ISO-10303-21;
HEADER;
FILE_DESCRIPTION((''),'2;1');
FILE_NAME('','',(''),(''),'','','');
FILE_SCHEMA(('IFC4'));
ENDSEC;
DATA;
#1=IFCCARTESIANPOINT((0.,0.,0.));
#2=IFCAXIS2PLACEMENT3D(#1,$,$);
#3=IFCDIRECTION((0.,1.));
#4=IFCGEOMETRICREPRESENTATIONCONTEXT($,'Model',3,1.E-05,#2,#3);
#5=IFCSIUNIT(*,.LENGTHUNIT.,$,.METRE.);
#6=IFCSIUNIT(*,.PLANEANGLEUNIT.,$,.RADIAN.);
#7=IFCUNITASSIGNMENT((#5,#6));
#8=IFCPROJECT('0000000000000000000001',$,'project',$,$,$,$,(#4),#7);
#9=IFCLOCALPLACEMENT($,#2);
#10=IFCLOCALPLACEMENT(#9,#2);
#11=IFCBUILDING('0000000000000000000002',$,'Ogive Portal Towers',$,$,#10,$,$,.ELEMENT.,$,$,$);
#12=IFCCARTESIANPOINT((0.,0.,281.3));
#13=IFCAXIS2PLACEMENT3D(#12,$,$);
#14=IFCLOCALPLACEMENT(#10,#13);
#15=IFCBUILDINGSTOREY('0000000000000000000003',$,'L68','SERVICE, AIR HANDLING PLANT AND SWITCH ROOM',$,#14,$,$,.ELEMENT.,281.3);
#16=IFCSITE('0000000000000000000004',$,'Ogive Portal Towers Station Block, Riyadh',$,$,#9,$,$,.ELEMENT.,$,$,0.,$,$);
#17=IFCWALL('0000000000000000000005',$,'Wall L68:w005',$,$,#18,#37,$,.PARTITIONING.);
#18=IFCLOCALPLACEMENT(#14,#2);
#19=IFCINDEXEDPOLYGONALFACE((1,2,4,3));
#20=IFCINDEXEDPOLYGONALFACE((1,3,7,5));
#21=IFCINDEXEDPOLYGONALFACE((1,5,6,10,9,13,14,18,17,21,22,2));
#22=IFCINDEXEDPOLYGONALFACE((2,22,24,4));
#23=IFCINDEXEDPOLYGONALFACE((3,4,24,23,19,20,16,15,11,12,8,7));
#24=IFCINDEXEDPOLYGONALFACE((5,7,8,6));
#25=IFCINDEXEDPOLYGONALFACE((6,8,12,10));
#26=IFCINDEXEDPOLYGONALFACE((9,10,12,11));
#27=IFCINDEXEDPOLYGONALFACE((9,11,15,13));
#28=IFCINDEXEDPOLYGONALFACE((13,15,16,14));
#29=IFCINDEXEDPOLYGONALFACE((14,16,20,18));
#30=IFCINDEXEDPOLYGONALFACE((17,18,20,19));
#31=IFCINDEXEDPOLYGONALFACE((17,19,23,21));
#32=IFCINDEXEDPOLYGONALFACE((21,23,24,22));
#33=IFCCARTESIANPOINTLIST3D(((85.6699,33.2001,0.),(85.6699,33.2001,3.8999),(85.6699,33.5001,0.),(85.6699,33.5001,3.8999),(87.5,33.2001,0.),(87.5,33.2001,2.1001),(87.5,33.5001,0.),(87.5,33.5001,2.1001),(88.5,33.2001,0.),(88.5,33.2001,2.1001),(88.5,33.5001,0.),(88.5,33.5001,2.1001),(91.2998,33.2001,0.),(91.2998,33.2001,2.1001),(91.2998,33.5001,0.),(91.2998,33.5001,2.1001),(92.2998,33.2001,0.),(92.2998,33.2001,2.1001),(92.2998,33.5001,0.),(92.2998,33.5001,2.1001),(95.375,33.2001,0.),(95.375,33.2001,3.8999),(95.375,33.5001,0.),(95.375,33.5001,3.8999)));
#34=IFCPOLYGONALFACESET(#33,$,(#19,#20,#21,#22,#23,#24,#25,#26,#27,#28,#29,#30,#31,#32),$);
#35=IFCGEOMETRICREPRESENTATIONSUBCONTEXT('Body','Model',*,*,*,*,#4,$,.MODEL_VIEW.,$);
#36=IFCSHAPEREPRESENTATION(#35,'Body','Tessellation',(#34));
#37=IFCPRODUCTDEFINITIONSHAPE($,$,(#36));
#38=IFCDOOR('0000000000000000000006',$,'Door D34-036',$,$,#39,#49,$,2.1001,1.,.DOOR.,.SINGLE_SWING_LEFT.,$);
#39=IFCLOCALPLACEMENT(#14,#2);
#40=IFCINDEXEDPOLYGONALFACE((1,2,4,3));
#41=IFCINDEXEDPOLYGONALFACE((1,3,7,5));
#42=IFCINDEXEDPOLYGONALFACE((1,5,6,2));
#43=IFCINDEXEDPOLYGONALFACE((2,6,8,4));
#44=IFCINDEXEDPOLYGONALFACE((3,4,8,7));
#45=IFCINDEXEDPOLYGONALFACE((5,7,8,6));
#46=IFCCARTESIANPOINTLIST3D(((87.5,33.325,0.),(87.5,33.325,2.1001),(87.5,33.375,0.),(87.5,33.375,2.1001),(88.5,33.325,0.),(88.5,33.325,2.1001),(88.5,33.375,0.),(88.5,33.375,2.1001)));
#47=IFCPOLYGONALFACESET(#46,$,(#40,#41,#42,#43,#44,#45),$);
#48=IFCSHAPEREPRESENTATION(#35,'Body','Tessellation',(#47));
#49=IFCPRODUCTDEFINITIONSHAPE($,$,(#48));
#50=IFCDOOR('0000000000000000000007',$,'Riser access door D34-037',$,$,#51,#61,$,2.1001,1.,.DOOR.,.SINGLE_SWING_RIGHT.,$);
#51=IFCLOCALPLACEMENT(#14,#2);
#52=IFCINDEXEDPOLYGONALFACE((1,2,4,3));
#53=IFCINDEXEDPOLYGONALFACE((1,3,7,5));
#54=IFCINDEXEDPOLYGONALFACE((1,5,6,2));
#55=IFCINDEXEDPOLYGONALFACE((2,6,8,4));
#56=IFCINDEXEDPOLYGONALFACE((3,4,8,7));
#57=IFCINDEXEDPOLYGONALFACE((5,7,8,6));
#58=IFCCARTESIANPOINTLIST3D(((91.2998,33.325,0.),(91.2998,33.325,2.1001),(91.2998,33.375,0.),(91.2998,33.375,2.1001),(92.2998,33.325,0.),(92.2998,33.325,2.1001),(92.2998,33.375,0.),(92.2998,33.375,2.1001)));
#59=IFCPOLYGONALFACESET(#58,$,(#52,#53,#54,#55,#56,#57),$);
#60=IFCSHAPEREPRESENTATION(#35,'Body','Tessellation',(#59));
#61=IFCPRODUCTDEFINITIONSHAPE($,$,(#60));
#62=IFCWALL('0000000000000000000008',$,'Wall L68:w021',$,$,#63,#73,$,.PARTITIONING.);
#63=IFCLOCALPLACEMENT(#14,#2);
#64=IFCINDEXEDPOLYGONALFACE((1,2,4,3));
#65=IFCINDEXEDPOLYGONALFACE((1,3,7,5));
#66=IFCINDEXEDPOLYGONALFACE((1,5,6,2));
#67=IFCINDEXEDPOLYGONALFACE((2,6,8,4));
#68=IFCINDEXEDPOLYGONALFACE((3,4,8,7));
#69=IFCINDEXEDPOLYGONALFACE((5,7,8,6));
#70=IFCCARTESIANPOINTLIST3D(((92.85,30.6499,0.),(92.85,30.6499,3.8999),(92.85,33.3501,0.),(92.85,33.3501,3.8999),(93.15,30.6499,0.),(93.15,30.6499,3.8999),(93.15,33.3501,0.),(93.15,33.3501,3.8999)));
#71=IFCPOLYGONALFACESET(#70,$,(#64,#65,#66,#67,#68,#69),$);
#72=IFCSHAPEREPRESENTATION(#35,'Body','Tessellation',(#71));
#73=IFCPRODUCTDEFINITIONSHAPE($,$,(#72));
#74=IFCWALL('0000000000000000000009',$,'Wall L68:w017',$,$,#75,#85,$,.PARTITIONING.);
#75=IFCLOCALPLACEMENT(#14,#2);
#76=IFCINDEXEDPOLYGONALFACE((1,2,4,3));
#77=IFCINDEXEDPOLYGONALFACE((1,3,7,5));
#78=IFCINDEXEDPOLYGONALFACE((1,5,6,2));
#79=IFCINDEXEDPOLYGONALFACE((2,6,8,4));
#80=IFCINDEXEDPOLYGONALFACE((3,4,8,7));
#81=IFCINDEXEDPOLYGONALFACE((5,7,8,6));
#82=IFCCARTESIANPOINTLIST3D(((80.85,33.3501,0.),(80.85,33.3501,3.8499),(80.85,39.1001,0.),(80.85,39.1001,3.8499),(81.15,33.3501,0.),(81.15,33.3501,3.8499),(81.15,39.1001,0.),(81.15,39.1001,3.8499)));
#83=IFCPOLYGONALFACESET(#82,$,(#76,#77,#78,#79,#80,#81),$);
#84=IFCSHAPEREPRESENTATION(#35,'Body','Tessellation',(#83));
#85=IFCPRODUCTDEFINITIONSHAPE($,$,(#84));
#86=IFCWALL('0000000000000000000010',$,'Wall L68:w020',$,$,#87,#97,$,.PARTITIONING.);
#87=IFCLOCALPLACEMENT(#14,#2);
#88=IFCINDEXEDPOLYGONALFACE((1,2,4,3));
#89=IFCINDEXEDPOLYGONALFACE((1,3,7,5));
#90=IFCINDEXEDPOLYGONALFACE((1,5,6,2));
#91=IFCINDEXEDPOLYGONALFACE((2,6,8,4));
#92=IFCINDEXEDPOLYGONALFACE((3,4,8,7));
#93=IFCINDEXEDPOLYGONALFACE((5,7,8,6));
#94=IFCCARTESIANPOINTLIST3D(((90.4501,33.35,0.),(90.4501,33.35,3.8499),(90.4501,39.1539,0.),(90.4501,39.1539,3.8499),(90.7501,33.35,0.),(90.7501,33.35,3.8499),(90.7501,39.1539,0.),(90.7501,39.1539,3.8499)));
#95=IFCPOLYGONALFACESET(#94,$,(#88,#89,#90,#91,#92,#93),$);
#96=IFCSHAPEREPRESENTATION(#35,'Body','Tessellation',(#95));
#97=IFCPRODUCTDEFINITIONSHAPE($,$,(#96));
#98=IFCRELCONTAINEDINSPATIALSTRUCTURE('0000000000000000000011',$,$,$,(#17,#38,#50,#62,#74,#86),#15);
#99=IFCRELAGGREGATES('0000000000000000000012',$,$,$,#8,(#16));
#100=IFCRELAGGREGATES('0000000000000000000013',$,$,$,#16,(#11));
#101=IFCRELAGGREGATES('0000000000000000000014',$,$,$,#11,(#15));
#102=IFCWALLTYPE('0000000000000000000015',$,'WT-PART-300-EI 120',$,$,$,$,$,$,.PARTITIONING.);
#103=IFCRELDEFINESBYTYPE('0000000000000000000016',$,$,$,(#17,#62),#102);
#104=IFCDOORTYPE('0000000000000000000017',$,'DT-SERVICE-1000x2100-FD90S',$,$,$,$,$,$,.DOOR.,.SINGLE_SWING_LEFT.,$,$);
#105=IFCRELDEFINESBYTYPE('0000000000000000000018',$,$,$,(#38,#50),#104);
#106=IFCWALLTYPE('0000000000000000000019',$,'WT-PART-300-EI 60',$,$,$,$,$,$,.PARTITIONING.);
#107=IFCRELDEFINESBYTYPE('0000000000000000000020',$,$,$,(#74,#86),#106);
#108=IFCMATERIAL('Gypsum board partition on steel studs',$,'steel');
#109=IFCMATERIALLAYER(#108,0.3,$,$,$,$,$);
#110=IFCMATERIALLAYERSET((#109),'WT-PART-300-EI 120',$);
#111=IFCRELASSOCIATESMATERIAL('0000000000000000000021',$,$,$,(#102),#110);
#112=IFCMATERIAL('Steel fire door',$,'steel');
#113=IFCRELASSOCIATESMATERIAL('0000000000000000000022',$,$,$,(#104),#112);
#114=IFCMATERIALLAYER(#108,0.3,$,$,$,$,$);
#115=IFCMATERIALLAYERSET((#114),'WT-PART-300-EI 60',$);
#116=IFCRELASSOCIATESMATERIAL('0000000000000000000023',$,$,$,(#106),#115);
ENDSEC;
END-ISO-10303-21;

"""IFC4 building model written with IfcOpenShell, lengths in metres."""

from ifc_helpers import new_model, si_unit, direction, frame, frame_2d, origin, place, context, subcontext, project, spatial, rectangle, extrude, material, layer, layer_set, type_object, element, fill, save


model = new_model("IFC4")

# Units and contexts
model_context = context("Model", 3, precision=1e-05, world=origin(), true_north=direction((0.0, 1.0)))
body_context = subcontext(model_context, "Body", "Model", "MODEL_VIEW")
ifc_project = project(units=[si_unit("LENGTHUNIT", "METRE"), si_unit("PLANEANGLEUNIT", "RADIAN")], contexts=[model_context])

# Site, building, storey
site_placement = place(None, origin())
site = spatial("IfcSite", under=ifc_project, at=site_placement, Name="Ogive Portal Towers Station Block, Riyadh", CompositionType="ELEMENT", RefElevation=0.0)
building_placement = place(site_placement, origin())
building = spatial("IfcBuilding", under=site, at=building_placement, Name="Ogive Portal Towers", CompositionType="ELEMENT")
storey_placement = place(building_placement, frame((0.0, 0.0, 281.3)))
storey = spatial("IfcBuildingStorey", under=building, at=storey_placement, Name="L68", Description="SERVICE, AIR HANDLING PLANT AND SWITCH ROOM", CompositionType="ELEMENT", Elevation=281.3)

# Wall, openings, doors
ifc_material_1 = material(Name="Gypsum board partition on steel studs", Category="steel")
ifc_layer_1 = layer(ifc_material_1, 0.3)
ifc_layer_set_1 = layer_set([ifc_layer_1], Name="WT-PART-300-EI 120")
wall_type_1 = type_object("IfcWallType", Name="WT-PART-300-EI 120", PredefinedType="PARTITIONING", material=ifc_layer_set_1)
ifc_material_2 = material(Name="Steel fire door", Category="steel")
door_type_1 = type_object("IfcDoorType", Name="DT-SERVICE-1000x2100-FD90S", OperationType="SINGLE_SWING_LEFT", PredefinedType="DOOR", material=ifc_material_2)
wall_1_placement = place(storey_placement, frame((85.6699, 33.3501, 0.0), z_axis=(0.0, 0.0, 1.0), x_axis=(1.0, 0.0, 0.0)))
wall_1 = element("IfcWall", 1, at=wall_1_placement, inside=storey, type_object=wall_type_1, Name="Wall L68:w005", PredefinedType="PARTITIONING", context=body_context, shape_type="SweptSolid", body=[
    extrude(rectangle(XDim=9.7051, YDim=0.3, at=frame_2d((4.8525, 0.0))), origin(), (0.0, 0.0, 1.0), 3.8999),
])
opening_1_placement = place(wall_1_placement, frame((1.8301, 0.0, 0.0)))
opening_1 = element("IfcOpeningElement", 2, at=opening_1_placement, cuts=wall_1, PredefinedType="OPENING", context=body_context, shape_type="SweptSolid", body=[
    extrude(rectangle(XDim=1.0, YDim=2.1001, at=frame_2d((0.5, 1.05))), frame((0.0, 0.1602, 0.0), z_axis=(0.0, -1.0, 0.0), x_axis=(1.0, 0.0, 0.0)), (0.0, 0.0, 1.0), 0.3201),
])
opening_2_placement = place(wall_1_placement, frame((5.6299, 0.0, 0.0)))
opening_2 = element("IfcOpeningElement", 3, at=opening_2_placement, cuts=wall_1, PredefinedType="OPENING", context=body_context, shape_type="SweptSolid", body=[
    extrude(rectangle(XDim=1.0, YDim=2.1001, at=frame_2d((0.5, 1.05))), frame((0.0, 0.1602, 0.0), z_axis=(0.0, -1.0, 0.0), x_axis=(1.0, 0.0, 0.0)), (0.0, 0.0, 1.0), 0.3201),
])
door_1_placement = place(opening_1_placement, origin())
door_1 = element("IfcDoor", 4, at=door_1_placement, inside=storey, type_object=door_type_1, Name="Door D34-036", OperationType="SINGLE_SWING_LEFT", OverallHeight=2.1001, OverallWidth=1.0, PredefinedType="DOOR", context=body_context, shape_type="SweptSolid", body=[
    extrude(rectangle(XDim=1.0, YDim=2.1001, at=frame_2d((0.5, 1.05))), frame((0.0, 0.0249, 0.0), z_axis=(0.0, -1.0, 0.0), x_axis=(1.0, 0.0, 0.0)), (0.0, 0.0, 1.0), 0.05),
])
fill(opening_1, door_1)
door_2_placement = place(opening_2_placement, origin())
door_2 = element("IfcDoor", 5, at=door_2_placement, inside=storey, type_object=door_type_1, Name="Riser access door D34-037", OperationType="SINGLE_SWING_RIGHT", OverallHeight=2.1001, OverallWidth=1.0, PredefinedType="DOOR", context=body_context, shape_type="SweptSolid", body=[
    extrude(rectangle(XDim=1.0, YDim=2.1001, at=frame_2d((0.5, 1.05))), frame((0.0, 0.0249, 0.0), z_axis=(0.0, -1.0, 0.0), x_axis=(1.0, 0.0, 0.0)), (0.0, 0.0, 1.0), 0.05),
])
fill(opening_2, door_2)

# Walls
wall_2_placement = place(storey_placement, frame((93.0, 30.6499, 0.0), z_axis=(0.0, 0.0, 1.0), x_axis=(0.0, 1.0, 0.0)))
element("IfcWall", 6, at=wall_2_placement, inside=storey, type_object=wall_type_1, Name="Wall L68:w021", PredefinedType="PARTITIONING", context=body_context, shape_type="SweptSolid", body=[
    extrude(rectangle(XDim=2.7002, YDim=0.3, at=frame_2d((1.3501, 0.0))), origin(), (0.0, 0.0, 1.0), 3.8999),
])
ifc_layer_2 = layer(ifc_material_1, 0.3)
ifc_layer_set_2 = layer_set([ifc_layer_2], Name="WT-PART-300-EI 60")
wall_type_2 = type_object("IfcWallType", Name="WT-PART-300-EI 60", PredefinedType="PARTITIONING", material=ifc_layer_set_2)
wall_3_placement = place(storey_placement, frame((81.0, 33.3501, 0.0), z_axis=(0.0, 0.0, 1.0), x_axis=(0.0, 1.0, 0.0)))
element("IfcWall", 7, at=wall_3_placement, inside=storey, type_object=wall_type_2, Name="Wall L68:w017", PredefinedType="PARTITIONING", context=body_context, shape_type="SweptSolid", body=[
    extrude(rectangle(XDim=5.75, YDim=0.3, at=frame_2d((2.875, 0.0))), origin(), (0.0, 0.0, 1.0), 3.8499),
])
wall_4_placement = place(storey_placement, frame((90.6001, 33.3501, 0.0), z_axis=(0.0, 0.0, 1.0), x_axis=(0.0, 1.0, 0.0)))
element("IfcWall", 8, at=wall_4_placement, inside=storey, type_object=wall_type_2, Name="Wall L68:w020", PredefinedType="PARTITIONING", context=body_context, shape_type="SweptSolid", body=[
    extrude(rectangle(XDim=5.804, YDim=0.3, at=frame_2d((2.9019, 0.0))), origin(), (0.0, 0.0, 1.0), 3.8499),
])

save(model, "model.ifc")
